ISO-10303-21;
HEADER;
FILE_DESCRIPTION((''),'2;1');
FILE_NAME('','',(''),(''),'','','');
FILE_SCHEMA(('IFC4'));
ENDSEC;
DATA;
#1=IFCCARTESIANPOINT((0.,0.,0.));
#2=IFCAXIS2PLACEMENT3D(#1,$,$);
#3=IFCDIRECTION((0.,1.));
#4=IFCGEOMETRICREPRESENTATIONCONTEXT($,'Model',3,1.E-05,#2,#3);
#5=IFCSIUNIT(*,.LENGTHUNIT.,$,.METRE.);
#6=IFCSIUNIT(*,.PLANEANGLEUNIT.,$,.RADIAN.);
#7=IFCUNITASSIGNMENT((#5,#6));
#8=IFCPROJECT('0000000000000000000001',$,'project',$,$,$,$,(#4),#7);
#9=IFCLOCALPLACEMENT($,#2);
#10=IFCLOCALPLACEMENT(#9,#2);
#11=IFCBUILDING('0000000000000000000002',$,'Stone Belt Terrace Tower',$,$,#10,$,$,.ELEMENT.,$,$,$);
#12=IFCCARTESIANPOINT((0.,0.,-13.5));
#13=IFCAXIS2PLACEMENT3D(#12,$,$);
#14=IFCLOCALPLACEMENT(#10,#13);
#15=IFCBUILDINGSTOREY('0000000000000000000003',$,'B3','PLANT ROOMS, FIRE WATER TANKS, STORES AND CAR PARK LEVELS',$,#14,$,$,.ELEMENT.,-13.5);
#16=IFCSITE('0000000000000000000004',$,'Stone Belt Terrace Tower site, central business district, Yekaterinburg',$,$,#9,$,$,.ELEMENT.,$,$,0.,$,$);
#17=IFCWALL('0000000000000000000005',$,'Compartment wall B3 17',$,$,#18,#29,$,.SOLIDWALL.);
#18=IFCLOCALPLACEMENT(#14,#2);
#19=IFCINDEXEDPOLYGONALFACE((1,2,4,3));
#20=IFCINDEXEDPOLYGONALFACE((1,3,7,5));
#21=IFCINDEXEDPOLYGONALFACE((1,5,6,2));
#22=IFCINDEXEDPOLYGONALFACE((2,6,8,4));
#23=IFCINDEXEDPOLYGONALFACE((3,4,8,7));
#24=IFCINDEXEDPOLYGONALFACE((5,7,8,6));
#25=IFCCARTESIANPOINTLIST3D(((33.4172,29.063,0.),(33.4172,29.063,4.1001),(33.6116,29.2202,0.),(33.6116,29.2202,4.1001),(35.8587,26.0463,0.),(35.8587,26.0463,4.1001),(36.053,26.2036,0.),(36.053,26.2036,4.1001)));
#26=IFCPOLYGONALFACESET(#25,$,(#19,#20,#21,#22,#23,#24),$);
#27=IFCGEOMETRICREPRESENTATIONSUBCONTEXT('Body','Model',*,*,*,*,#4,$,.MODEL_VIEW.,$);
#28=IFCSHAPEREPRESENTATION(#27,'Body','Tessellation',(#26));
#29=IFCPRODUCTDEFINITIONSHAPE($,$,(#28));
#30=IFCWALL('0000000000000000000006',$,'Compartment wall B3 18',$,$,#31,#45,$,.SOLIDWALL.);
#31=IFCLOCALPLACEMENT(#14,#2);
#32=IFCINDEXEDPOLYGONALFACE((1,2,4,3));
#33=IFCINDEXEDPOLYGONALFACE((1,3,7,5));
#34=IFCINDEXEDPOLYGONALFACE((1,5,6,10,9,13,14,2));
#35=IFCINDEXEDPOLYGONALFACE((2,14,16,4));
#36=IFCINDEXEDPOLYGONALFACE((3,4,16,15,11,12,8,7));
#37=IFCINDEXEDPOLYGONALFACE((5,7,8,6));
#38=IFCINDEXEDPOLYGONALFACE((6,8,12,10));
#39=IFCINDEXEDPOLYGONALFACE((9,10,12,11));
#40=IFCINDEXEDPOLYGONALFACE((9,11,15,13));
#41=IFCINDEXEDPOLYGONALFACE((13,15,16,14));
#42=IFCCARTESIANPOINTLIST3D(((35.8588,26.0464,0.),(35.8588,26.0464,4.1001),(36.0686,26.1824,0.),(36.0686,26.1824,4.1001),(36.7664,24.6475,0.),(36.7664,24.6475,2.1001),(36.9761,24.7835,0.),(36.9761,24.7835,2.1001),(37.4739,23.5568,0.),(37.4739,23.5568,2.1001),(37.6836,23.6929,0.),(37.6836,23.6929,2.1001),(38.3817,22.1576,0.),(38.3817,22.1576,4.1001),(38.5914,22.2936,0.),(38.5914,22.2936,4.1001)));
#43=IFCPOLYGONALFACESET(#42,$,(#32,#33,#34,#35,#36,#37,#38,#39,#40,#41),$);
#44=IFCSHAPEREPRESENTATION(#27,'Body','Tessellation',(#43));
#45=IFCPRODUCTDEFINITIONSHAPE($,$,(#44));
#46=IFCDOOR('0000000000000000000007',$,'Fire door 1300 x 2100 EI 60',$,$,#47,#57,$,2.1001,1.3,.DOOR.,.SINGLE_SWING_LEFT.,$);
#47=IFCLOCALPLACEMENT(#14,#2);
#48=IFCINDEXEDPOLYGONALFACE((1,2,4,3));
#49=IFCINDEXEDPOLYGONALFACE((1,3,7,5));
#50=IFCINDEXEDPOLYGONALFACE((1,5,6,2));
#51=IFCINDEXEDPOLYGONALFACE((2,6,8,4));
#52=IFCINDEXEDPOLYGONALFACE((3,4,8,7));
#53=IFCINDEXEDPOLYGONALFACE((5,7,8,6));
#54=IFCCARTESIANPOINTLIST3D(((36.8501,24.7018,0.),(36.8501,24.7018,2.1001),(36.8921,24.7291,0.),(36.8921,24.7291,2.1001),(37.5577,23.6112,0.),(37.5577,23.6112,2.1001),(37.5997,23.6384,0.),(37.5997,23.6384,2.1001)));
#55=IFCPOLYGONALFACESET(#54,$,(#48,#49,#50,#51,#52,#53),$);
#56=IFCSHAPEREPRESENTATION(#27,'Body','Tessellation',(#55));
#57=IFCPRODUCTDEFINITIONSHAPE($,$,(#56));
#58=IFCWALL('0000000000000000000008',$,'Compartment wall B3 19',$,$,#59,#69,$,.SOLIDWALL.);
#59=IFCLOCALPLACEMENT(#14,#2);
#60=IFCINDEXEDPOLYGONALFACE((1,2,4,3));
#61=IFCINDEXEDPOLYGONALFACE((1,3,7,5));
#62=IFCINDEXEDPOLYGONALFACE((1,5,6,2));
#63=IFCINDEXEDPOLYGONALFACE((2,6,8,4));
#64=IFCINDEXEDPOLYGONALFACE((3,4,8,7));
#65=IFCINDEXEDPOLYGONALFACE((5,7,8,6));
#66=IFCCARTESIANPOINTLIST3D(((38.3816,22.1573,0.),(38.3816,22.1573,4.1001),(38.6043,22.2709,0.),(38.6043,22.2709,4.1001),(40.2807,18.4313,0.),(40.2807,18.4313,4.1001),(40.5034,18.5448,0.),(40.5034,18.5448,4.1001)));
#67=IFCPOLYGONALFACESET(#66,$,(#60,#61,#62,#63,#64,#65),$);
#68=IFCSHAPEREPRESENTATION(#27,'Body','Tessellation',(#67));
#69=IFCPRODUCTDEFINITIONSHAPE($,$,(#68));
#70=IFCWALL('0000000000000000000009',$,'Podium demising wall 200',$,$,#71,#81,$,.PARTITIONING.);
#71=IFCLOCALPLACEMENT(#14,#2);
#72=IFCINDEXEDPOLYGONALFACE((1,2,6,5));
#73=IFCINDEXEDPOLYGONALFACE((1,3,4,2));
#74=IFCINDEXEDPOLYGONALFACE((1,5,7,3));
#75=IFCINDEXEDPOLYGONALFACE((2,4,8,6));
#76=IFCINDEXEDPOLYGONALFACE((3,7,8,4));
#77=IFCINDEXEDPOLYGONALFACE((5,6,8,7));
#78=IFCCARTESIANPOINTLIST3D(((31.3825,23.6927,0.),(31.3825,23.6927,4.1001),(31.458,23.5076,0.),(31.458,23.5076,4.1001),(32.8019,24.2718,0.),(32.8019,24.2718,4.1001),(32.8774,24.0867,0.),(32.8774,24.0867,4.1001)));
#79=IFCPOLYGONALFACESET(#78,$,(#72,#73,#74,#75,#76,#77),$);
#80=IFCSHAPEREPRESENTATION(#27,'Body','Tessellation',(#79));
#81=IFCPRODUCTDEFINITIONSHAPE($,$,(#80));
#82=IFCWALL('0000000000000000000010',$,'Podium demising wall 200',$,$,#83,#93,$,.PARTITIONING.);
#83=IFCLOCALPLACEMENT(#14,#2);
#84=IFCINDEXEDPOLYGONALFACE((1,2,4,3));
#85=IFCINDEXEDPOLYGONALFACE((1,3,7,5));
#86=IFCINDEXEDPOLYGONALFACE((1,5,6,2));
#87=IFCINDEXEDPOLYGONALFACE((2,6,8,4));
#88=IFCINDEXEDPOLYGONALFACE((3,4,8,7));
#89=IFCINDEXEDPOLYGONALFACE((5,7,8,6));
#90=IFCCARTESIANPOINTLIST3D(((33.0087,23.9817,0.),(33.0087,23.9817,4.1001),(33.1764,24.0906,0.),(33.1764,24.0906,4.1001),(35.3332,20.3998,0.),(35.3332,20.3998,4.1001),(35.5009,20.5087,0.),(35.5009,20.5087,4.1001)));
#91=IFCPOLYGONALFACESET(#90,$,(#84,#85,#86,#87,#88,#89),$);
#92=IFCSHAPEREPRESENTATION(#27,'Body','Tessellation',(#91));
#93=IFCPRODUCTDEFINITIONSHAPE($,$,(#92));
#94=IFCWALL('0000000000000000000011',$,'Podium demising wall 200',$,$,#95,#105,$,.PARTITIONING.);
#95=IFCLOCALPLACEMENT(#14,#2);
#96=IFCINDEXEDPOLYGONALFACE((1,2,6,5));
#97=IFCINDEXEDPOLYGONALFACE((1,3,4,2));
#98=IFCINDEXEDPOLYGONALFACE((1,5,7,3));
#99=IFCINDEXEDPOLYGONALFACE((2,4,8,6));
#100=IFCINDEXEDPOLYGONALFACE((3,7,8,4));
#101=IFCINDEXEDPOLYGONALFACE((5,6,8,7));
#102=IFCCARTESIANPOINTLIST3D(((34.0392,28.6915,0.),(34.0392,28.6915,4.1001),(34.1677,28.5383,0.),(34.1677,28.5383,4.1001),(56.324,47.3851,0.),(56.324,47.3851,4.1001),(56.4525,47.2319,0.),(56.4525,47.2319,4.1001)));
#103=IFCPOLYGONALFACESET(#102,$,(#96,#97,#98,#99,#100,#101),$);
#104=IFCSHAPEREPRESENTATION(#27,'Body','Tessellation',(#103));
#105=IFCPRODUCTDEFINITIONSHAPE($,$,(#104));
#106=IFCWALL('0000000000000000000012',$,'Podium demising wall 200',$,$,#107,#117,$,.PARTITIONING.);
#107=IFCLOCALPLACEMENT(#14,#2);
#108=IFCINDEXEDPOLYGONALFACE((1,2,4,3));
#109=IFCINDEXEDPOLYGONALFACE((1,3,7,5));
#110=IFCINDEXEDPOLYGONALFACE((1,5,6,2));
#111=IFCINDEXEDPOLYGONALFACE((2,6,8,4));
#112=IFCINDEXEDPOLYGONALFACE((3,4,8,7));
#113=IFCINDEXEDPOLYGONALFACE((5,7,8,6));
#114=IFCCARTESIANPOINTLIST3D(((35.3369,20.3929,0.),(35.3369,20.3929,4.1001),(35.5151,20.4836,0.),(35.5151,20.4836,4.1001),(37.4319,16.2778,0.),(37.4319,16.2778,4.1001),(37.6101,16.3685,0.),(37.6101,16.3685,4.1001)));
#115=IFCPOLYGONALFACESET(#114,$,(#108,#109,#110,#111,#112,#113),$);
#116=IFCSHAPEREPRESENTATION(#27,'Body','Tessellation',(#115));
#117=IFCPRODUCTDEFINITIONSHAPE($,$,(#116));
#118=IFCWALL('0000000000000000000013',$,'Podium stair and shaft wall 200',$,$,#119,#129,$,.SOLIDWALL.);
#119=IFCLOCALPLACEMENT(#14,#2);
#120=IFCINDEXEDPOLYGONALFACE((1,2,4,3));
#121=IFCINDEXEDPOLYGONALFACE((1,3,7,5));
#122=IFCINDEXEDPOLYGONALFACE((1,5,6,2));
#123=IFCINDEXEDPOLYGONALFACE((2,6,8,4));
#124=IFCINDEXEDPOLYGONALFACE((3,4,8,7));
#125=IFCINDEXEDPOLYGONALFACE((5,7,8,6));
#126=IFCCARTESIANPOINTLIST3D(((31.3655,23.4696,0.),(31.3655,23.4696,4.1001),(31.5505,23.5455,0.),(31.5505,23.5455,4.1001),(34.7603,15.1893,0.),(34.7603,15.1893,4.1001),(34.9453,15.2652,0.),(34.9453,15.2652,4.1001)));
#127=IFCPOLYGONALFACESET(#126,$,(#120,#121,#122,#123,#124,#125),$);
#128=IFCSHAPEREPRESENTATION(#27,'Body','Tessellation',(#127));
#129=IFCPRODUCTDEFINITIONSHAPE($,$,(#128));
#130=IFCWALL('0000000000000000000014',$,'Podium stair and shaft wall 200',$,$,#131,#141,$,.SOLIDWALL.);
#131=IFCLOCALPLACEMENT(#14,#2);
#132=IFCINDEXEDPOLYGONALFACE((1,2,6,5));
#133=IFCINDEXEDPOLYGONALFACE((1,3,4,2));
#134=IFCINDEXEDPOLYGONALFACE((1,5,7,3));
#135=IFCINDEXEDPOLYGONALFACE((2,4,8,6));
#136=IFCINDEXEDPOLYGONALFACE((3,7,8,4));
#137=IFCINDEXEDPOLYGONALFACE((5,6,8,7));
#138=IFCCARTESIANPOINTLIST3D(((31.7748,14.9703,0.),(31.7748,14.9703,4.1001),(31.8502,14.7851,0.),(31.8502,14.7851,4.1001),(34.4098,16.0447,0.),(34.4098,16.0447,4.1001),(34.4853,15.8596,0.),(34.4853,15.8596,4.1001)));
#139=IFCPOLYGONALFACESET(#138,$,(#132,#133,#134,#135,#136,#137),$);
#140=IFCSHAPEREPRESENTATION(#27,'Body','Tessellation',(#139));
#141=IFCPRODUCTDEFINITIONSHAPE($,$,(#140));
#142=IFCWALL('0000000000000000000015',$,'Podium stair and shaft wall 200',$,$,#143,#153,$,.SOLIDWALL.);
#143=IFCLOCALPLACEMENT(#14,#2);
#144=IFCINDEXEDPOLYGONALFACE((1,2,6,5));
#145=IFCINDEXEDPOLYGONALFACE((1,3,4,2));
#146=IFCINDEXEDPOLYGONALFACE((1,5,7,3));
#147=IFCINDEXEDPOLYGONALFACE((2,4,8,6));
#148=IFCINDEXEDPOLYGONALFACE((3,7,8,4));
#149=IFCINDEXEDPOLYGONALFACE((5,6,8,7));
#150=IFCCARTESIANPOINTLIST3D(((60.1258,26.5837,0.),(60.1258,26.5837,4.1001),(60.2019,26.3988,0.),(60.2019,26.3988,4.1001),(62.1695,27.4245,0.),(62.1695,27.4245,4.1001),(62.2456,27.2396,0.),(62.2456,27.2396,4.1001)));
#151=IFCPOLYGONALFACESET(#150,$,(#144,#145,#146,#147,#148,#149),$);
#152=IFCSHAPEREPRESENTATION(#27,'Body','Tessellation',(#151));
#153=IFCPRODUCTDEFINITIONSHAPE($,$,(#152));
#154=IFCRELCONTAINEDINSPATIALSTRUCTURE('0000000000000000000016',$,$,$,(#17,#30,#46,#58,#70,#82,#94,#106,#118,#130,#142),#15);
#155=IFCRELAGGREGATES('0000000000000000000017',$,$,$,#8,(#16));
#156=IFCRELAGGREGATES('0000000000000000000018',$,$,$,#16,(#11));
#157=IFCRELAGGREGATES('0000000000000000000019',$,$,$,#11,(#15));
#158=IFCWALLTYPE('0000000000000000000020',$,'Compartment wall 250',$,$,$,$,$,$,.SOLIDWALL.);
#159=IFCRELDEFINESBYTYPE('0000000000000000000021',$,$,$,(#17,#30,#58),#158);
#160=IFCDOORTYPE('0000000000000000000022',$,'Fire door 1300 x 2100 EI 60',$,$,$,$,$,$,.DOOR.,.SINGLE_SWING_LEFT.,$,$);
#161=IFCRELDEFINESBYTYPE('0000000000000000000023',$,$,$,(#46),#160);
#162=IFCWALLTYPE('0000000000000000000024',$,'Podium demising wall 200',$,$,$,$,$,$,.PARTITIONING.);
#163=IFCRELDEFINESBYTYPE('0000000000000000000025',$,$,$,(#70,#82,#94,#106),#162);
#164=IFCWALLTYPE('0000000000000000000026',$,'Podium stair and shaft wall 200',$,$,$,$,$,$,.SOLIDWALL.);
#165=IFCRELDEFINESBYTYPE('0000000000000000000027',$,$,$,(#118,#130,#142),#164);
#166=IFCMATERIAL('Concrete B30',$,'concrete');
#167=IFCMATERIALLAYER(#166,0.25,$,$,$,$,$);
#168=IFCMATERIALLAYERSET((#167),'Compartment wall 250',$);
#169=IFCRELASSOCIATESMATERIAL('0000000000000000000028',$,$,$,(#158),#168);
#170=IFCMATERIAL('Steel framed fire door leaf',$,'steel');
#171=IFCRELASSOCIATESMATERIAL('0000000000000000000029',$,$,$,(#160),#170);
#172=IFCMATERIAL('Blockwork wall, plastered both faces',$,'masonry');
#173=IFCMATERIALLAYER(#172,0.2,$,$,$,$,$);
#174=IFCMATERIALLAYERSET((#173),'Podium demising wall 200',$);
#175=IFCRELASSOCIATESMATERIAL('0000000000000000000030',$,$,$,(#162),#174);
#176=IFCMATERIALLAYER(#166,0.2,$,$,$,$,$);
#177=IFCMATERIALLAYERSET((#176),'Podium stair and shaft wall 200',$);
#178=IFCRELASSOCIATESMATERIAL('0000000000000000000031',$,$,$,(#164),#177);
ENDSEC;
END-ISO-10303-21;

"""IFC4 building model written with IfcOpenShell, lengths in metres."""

from ifc_helpers import new_model, si_unit, direction, frame, frame_2d, origin, place, context, subcontext, project, spatial, rectangle, extrude, material, layer, layer_set, type_object, element, fill, save


model = new_model("IFC4")

# Units and contexts
model_context = context("Model", 3, precision=1e-05, world=origin(), true_north=direction((0.0, 1.0)))
body_context = subcontext(model_context, "Body", "Model", "MODEL_VIEW")
ifc_project = project(units=[si_unit("LENGTHUNIT", "METRE"), si_unit("PLANEANGLEUNIT", "RADIAN")], contexts=[model_context])

# Site, building, storey
site_placement = place(None, origin())
site = spatial("IfcSite", under=ifc_project, at=site_placement, Name="Stone Belt Terrace Tower site, central business district, Yekaterinburg", CompositionType="ELEMENT", RefElevation=0.0)
building_placement = place(site_placement, origin())
building = spatial("IfcBuilding", under=site, at=building_placement, Name="Stone Belt Terrace Tower", CompositionType="ELEMENT")
storey_placement = place(building_placement, frame((0.0, 0.0, -13.5)))
storey = spatial("IfcBuildingStorey", under=building, at=storey_placement, Name="B3", Description="PLANT ROOMS, FIRE WATER TANKS, STORES AND CAR PARK LEVELS", CompositionType="ELEMENT", Elevation=-13.5)

# Wall
ifc_material_1 = material(Name="Concrete B30", Category="concrete")
ifc_layer_1 = layer(ifc_material_1, 0.25)
ifc_layer_set_1 = layer_set([ifc_layer_1], Name="Compartment wall 250")
wall_type_1 = type_object("IfcWallType", Name="Compartment wall 250", PredefinedType="SOLIDWALL", material=ifc_layer_set_1)
wall_1_placement = place(storey_placement, frame((33.5144, 29.1416, 0.0), z_axis=(0.0, 0.0, 1.0), x_axis=(0.629104, -0.777321, 0.0)))
element("IfcWall", 1, at=wall_1_placement, inside=storey, type_object=wall_type_1, Name="Compartment wall B3 17", PredefinedType="SOLIDWALL", context=body_context, shape_type="SweptSolid", body=[
    extrude(rectangle(XDim=3.8809, YDim=0.25, at=frame_2d((1.9404, 0.0))), origin(), (0.0, 0.0, 1.0), 4.1001),
])

# Wall, opening, door
wall_2_placement = place(storey_placement, frame((35.9636, 26.1145, 0.0), z_axis=(0.0, 0.0, 1.0), x_axis=(0.544253, -0.838921, 0.0)))
wall_2 = element("IfcWall", 2, at=wall_2_placement, inside=storey, type_object=wall_type_1, Name="Compartment wall B3 18", PredefinedType="SOLIDWALL", context=body_context, shape_type="SweptSolid", body=[
    extrude(rectangle(XDim=4.6355, YDim=0.25, at=frame_2d((2.3179, 0.0))), origin(), (0.0, 0.0, 1.0), 4.1001),
])
opening_placement = place(wall_2_placement, frame((1.6677, 0.0, 0.0)))
opening = element("IfcOpeningElement", 3, at=opening_placement, cuts=wall_2, PredefinedType="OPENING", context=body_context, shape_type="SweptSolid", body=[
    extrude(rectangle(XDim=1.3, YDim=2.1001, at=frame_2d((0.6499, 1.05))), frame((0.0, 0.135, 0.0), z_axis=(0.0, -1.0, 0.0), x_axis=(1.0, 0.0, 0.0)), (0.0, 0.0, 1.0), 0.27),
])
ifc_material_2 = material(Name="Steel framed fire door leaf", Category="steel")
door_type = type_object("IfcDoorType", Name="Fire door 1300 x 2100 EI 60", OperationType="SINGLE_SWING_LEFT", PredefinedType="DOOR", material=ifc_material_2)
door_placement = place(opening_placement, origin())
door = element("IfcDoor", 4, at=door_placement, inside=storey, type_object=door_type, Name="Fire door 1300 x 2100 EI 60", OperationType="SINGLE_SWING_LEFT", OverallHeight=2.1001, OverallWidth=1.3, PredefinedType="DOOR", context=body_context, shape_type="SweptSolid", body=[
    extrude(rectangle(XDim=1.3, YDim=2.1001, at=frame_2d((0.6499, 1.05))), frame((0.0, 0.0249, 0.0), z_axis=(0.0, -1.0, 0.0), x_axis=(1.0, 0.0, 0.0)), (0.0, 0.0, 1.0), 0.05),
])
fill(opening, door)

# Walls
wall_3_placement = place(storey_placement, frame((38.4929, 22.2141, 0.0), z_axis=(0.0, 0.0, 1.0), x_axis=(0.454112, -0.890945, 0.0)))
element("IfcWall", 5, at=wall_3_placement, inside=storey, type_object=wall_type_1, Name="Compartment wall B3 19", PredefinedType="SOLIDWALL", context=body_context, shape_type="SweptSolid", body=[
    extrude(rectangle(XDim=4.1821, YDim=0.25, at=frame_2d((2.0911, 0.0))), origin(), (0.0, 0.0, 1.0), 4.1001),
])
ifc_material_3 = material(Name="Blockwork wall, plastered both faces", Category="masonry")
ifc_layer_2 = layer(ifc_material_3, 0.2)
ifc_layer_set_2 = layer_set([ifc_layer_2], Name="Podium demising wall 200")
wall_type_2 = type_object("IfcWallType", Name="Podium demising wall 200", PredefinedType="PARTITIONING", material=ifc_layer_set_2)
wall_4_placement = place(storey_placement, frame((31.4202, 23.6001, 0.0), z_axis=(0.0, 0.0, 1.0), x_axis=(0.925907, 0.377752, 0.0)))
element("IfcWall", 6, at=wall_4_placement, inside=storey, type_object=wall_type_2, Name="Podium demising wall 200", PredefinedType="PARTITIONING", context=body_context, shape_type="SweptSolid", body=[
    extrude(rectangle(XDim=1.533, YDim=0.2, at=frame_2d((0.7666, 0.0))), origin(), (0.0, 0.0, 1.0), 4.1001),
])
wall_5_placement = place(storey_placement, frame((33.0925, 24.0361, 0.0), z_axis=(0.0, 0.0, 1.0), x_axis=(0.544379, -0.838839, 0.0)))
element("IfcWall", 7, at=wall_5_placement, inside=storey, type_object=wall_type_2, Name="Podium demising wall 200", PredefinedType="PARTITIONING", context=body_context, shape_type="SweptSolid", body=[
    extrude(rectangle(XDim=4.27, YDim=0.2, at=frame_2d((2.135, 0.0))), origin(), (0.0, 0.0, 1.0), 4.1001),
])
wall_6_placement = place(storey_placement, frame((34.1035, 28.615, 0.0), z_axis=(0.0, 0.0, 1.0), x_axis=(0.76614, 0.642673, 0.0)))
element("IfcWall", 8, at=wall_6_placement, inside=storey, type_object=wall_type_2, Name="Podium demising wall 200", PredefinedType="PARTITIONING", context=body_context, shape_type="SweptSolid", body=[
    extrude(rectangle(XDim=29.0872, YDim=0.2, at=frame_2d((14.5435, 0.0))), origin(), (0.0, 0.0, 1.0), 4.1001),
])
wall_7_placement = place(storey_placement, frame((35.426, 20.4382, 0.0), z_axis=(0.0, 0.0, 1.0), x_axis=(0.453694, -0.891157, 0.0)))
element("IfcWall", 9, at=wall_7_placement, inside=storey, type_object=wall_type_2, Name="Podium demising wall 200", PredefinedType="PARTITIONING", context=body_context, shape_type="SweptSolid", body=[
    extrude(rectangle(XDim=4.6177, YDim=0.2, at=frame_2d((2.3088, 0.0))), origin(), (0.0, 0.0, 1.0), 4.1001),
])
ifc_layer_3 = layer(ifc_material_1, 0.2)
ifc_layer_set_3 = layer_set([ifc_layer_3], Name="Podium stair and shaft wall 200")
wall_type_3 = type_object("IfcWallType", Name="Podium stair and shaft wall 200", PredefinedType="SOLIDWALL", material=ifc_layer_set_3)
wall_8_placement = place(storey_placement, frame((31.458, 23.5076, 0.0), z_axis=(0.0, 0.0, 1.0), x_axis=(0.37934, -0.925257, 0.0)))
element("IfcWall", 10, at=wall_8_placement, inside=storey, type_object=wall_type_3, Name="Podium stair and shaft wall 200", PredefinedType="SOLIDWALL", context=body_context, shape_type="SweptSolid", body=[
    extrude(rectangle(XDim=8.9492, YDim=0.2, at=frame_2d((4.4746, 0.0))), origin(), (0.0, 0.0, 1.0), 4.1001),
])
wall_9_placement = place(storey_placement, frame((31.8125, 14.8777, 0.0), z_axis=(0.0, 0.0, 1.0), x_axis=(0.925977, 0.37758, 0.0)))
element("IfcWall", 11, at=wall_9_placement, inside=storey, type_object=wall_type_3, Name="Podium stair and shaft wall 200", PredefinedType="SOLIDWALL", context=body_context, shape_type="SweptSolid", body=[
    extrude(rectangle(XDim=2.8457, YDim=0.2, at=frame_2d((1.4229, 0.0))), origin(), (0.0, 0.0, 1.0), 4.1001),
])
wall_10_placement = place(storey_placement, frame((60.1638, 26.4912, 0.0), z_axis=(0.0, 0.0, 1.0), x_axis=(0.92479, 0.380478, 0.0)))
element("IfcWall", 12, at=wall_10_placement, inside=storey, type_object=wall_type_3, Name="Podium stair and shaft wall 200", PredefinedType="SOLIDWALL", context=body_context, shape_type="SweptSolid", body=[
    extrude(rectangle(XDim=2.21, YDim=0.2, at=frame_2d((1.105, 0.0))), origin(), (0.0, 0.0, 1.0), 4.1001),
])

save(model, "model.ifc")
